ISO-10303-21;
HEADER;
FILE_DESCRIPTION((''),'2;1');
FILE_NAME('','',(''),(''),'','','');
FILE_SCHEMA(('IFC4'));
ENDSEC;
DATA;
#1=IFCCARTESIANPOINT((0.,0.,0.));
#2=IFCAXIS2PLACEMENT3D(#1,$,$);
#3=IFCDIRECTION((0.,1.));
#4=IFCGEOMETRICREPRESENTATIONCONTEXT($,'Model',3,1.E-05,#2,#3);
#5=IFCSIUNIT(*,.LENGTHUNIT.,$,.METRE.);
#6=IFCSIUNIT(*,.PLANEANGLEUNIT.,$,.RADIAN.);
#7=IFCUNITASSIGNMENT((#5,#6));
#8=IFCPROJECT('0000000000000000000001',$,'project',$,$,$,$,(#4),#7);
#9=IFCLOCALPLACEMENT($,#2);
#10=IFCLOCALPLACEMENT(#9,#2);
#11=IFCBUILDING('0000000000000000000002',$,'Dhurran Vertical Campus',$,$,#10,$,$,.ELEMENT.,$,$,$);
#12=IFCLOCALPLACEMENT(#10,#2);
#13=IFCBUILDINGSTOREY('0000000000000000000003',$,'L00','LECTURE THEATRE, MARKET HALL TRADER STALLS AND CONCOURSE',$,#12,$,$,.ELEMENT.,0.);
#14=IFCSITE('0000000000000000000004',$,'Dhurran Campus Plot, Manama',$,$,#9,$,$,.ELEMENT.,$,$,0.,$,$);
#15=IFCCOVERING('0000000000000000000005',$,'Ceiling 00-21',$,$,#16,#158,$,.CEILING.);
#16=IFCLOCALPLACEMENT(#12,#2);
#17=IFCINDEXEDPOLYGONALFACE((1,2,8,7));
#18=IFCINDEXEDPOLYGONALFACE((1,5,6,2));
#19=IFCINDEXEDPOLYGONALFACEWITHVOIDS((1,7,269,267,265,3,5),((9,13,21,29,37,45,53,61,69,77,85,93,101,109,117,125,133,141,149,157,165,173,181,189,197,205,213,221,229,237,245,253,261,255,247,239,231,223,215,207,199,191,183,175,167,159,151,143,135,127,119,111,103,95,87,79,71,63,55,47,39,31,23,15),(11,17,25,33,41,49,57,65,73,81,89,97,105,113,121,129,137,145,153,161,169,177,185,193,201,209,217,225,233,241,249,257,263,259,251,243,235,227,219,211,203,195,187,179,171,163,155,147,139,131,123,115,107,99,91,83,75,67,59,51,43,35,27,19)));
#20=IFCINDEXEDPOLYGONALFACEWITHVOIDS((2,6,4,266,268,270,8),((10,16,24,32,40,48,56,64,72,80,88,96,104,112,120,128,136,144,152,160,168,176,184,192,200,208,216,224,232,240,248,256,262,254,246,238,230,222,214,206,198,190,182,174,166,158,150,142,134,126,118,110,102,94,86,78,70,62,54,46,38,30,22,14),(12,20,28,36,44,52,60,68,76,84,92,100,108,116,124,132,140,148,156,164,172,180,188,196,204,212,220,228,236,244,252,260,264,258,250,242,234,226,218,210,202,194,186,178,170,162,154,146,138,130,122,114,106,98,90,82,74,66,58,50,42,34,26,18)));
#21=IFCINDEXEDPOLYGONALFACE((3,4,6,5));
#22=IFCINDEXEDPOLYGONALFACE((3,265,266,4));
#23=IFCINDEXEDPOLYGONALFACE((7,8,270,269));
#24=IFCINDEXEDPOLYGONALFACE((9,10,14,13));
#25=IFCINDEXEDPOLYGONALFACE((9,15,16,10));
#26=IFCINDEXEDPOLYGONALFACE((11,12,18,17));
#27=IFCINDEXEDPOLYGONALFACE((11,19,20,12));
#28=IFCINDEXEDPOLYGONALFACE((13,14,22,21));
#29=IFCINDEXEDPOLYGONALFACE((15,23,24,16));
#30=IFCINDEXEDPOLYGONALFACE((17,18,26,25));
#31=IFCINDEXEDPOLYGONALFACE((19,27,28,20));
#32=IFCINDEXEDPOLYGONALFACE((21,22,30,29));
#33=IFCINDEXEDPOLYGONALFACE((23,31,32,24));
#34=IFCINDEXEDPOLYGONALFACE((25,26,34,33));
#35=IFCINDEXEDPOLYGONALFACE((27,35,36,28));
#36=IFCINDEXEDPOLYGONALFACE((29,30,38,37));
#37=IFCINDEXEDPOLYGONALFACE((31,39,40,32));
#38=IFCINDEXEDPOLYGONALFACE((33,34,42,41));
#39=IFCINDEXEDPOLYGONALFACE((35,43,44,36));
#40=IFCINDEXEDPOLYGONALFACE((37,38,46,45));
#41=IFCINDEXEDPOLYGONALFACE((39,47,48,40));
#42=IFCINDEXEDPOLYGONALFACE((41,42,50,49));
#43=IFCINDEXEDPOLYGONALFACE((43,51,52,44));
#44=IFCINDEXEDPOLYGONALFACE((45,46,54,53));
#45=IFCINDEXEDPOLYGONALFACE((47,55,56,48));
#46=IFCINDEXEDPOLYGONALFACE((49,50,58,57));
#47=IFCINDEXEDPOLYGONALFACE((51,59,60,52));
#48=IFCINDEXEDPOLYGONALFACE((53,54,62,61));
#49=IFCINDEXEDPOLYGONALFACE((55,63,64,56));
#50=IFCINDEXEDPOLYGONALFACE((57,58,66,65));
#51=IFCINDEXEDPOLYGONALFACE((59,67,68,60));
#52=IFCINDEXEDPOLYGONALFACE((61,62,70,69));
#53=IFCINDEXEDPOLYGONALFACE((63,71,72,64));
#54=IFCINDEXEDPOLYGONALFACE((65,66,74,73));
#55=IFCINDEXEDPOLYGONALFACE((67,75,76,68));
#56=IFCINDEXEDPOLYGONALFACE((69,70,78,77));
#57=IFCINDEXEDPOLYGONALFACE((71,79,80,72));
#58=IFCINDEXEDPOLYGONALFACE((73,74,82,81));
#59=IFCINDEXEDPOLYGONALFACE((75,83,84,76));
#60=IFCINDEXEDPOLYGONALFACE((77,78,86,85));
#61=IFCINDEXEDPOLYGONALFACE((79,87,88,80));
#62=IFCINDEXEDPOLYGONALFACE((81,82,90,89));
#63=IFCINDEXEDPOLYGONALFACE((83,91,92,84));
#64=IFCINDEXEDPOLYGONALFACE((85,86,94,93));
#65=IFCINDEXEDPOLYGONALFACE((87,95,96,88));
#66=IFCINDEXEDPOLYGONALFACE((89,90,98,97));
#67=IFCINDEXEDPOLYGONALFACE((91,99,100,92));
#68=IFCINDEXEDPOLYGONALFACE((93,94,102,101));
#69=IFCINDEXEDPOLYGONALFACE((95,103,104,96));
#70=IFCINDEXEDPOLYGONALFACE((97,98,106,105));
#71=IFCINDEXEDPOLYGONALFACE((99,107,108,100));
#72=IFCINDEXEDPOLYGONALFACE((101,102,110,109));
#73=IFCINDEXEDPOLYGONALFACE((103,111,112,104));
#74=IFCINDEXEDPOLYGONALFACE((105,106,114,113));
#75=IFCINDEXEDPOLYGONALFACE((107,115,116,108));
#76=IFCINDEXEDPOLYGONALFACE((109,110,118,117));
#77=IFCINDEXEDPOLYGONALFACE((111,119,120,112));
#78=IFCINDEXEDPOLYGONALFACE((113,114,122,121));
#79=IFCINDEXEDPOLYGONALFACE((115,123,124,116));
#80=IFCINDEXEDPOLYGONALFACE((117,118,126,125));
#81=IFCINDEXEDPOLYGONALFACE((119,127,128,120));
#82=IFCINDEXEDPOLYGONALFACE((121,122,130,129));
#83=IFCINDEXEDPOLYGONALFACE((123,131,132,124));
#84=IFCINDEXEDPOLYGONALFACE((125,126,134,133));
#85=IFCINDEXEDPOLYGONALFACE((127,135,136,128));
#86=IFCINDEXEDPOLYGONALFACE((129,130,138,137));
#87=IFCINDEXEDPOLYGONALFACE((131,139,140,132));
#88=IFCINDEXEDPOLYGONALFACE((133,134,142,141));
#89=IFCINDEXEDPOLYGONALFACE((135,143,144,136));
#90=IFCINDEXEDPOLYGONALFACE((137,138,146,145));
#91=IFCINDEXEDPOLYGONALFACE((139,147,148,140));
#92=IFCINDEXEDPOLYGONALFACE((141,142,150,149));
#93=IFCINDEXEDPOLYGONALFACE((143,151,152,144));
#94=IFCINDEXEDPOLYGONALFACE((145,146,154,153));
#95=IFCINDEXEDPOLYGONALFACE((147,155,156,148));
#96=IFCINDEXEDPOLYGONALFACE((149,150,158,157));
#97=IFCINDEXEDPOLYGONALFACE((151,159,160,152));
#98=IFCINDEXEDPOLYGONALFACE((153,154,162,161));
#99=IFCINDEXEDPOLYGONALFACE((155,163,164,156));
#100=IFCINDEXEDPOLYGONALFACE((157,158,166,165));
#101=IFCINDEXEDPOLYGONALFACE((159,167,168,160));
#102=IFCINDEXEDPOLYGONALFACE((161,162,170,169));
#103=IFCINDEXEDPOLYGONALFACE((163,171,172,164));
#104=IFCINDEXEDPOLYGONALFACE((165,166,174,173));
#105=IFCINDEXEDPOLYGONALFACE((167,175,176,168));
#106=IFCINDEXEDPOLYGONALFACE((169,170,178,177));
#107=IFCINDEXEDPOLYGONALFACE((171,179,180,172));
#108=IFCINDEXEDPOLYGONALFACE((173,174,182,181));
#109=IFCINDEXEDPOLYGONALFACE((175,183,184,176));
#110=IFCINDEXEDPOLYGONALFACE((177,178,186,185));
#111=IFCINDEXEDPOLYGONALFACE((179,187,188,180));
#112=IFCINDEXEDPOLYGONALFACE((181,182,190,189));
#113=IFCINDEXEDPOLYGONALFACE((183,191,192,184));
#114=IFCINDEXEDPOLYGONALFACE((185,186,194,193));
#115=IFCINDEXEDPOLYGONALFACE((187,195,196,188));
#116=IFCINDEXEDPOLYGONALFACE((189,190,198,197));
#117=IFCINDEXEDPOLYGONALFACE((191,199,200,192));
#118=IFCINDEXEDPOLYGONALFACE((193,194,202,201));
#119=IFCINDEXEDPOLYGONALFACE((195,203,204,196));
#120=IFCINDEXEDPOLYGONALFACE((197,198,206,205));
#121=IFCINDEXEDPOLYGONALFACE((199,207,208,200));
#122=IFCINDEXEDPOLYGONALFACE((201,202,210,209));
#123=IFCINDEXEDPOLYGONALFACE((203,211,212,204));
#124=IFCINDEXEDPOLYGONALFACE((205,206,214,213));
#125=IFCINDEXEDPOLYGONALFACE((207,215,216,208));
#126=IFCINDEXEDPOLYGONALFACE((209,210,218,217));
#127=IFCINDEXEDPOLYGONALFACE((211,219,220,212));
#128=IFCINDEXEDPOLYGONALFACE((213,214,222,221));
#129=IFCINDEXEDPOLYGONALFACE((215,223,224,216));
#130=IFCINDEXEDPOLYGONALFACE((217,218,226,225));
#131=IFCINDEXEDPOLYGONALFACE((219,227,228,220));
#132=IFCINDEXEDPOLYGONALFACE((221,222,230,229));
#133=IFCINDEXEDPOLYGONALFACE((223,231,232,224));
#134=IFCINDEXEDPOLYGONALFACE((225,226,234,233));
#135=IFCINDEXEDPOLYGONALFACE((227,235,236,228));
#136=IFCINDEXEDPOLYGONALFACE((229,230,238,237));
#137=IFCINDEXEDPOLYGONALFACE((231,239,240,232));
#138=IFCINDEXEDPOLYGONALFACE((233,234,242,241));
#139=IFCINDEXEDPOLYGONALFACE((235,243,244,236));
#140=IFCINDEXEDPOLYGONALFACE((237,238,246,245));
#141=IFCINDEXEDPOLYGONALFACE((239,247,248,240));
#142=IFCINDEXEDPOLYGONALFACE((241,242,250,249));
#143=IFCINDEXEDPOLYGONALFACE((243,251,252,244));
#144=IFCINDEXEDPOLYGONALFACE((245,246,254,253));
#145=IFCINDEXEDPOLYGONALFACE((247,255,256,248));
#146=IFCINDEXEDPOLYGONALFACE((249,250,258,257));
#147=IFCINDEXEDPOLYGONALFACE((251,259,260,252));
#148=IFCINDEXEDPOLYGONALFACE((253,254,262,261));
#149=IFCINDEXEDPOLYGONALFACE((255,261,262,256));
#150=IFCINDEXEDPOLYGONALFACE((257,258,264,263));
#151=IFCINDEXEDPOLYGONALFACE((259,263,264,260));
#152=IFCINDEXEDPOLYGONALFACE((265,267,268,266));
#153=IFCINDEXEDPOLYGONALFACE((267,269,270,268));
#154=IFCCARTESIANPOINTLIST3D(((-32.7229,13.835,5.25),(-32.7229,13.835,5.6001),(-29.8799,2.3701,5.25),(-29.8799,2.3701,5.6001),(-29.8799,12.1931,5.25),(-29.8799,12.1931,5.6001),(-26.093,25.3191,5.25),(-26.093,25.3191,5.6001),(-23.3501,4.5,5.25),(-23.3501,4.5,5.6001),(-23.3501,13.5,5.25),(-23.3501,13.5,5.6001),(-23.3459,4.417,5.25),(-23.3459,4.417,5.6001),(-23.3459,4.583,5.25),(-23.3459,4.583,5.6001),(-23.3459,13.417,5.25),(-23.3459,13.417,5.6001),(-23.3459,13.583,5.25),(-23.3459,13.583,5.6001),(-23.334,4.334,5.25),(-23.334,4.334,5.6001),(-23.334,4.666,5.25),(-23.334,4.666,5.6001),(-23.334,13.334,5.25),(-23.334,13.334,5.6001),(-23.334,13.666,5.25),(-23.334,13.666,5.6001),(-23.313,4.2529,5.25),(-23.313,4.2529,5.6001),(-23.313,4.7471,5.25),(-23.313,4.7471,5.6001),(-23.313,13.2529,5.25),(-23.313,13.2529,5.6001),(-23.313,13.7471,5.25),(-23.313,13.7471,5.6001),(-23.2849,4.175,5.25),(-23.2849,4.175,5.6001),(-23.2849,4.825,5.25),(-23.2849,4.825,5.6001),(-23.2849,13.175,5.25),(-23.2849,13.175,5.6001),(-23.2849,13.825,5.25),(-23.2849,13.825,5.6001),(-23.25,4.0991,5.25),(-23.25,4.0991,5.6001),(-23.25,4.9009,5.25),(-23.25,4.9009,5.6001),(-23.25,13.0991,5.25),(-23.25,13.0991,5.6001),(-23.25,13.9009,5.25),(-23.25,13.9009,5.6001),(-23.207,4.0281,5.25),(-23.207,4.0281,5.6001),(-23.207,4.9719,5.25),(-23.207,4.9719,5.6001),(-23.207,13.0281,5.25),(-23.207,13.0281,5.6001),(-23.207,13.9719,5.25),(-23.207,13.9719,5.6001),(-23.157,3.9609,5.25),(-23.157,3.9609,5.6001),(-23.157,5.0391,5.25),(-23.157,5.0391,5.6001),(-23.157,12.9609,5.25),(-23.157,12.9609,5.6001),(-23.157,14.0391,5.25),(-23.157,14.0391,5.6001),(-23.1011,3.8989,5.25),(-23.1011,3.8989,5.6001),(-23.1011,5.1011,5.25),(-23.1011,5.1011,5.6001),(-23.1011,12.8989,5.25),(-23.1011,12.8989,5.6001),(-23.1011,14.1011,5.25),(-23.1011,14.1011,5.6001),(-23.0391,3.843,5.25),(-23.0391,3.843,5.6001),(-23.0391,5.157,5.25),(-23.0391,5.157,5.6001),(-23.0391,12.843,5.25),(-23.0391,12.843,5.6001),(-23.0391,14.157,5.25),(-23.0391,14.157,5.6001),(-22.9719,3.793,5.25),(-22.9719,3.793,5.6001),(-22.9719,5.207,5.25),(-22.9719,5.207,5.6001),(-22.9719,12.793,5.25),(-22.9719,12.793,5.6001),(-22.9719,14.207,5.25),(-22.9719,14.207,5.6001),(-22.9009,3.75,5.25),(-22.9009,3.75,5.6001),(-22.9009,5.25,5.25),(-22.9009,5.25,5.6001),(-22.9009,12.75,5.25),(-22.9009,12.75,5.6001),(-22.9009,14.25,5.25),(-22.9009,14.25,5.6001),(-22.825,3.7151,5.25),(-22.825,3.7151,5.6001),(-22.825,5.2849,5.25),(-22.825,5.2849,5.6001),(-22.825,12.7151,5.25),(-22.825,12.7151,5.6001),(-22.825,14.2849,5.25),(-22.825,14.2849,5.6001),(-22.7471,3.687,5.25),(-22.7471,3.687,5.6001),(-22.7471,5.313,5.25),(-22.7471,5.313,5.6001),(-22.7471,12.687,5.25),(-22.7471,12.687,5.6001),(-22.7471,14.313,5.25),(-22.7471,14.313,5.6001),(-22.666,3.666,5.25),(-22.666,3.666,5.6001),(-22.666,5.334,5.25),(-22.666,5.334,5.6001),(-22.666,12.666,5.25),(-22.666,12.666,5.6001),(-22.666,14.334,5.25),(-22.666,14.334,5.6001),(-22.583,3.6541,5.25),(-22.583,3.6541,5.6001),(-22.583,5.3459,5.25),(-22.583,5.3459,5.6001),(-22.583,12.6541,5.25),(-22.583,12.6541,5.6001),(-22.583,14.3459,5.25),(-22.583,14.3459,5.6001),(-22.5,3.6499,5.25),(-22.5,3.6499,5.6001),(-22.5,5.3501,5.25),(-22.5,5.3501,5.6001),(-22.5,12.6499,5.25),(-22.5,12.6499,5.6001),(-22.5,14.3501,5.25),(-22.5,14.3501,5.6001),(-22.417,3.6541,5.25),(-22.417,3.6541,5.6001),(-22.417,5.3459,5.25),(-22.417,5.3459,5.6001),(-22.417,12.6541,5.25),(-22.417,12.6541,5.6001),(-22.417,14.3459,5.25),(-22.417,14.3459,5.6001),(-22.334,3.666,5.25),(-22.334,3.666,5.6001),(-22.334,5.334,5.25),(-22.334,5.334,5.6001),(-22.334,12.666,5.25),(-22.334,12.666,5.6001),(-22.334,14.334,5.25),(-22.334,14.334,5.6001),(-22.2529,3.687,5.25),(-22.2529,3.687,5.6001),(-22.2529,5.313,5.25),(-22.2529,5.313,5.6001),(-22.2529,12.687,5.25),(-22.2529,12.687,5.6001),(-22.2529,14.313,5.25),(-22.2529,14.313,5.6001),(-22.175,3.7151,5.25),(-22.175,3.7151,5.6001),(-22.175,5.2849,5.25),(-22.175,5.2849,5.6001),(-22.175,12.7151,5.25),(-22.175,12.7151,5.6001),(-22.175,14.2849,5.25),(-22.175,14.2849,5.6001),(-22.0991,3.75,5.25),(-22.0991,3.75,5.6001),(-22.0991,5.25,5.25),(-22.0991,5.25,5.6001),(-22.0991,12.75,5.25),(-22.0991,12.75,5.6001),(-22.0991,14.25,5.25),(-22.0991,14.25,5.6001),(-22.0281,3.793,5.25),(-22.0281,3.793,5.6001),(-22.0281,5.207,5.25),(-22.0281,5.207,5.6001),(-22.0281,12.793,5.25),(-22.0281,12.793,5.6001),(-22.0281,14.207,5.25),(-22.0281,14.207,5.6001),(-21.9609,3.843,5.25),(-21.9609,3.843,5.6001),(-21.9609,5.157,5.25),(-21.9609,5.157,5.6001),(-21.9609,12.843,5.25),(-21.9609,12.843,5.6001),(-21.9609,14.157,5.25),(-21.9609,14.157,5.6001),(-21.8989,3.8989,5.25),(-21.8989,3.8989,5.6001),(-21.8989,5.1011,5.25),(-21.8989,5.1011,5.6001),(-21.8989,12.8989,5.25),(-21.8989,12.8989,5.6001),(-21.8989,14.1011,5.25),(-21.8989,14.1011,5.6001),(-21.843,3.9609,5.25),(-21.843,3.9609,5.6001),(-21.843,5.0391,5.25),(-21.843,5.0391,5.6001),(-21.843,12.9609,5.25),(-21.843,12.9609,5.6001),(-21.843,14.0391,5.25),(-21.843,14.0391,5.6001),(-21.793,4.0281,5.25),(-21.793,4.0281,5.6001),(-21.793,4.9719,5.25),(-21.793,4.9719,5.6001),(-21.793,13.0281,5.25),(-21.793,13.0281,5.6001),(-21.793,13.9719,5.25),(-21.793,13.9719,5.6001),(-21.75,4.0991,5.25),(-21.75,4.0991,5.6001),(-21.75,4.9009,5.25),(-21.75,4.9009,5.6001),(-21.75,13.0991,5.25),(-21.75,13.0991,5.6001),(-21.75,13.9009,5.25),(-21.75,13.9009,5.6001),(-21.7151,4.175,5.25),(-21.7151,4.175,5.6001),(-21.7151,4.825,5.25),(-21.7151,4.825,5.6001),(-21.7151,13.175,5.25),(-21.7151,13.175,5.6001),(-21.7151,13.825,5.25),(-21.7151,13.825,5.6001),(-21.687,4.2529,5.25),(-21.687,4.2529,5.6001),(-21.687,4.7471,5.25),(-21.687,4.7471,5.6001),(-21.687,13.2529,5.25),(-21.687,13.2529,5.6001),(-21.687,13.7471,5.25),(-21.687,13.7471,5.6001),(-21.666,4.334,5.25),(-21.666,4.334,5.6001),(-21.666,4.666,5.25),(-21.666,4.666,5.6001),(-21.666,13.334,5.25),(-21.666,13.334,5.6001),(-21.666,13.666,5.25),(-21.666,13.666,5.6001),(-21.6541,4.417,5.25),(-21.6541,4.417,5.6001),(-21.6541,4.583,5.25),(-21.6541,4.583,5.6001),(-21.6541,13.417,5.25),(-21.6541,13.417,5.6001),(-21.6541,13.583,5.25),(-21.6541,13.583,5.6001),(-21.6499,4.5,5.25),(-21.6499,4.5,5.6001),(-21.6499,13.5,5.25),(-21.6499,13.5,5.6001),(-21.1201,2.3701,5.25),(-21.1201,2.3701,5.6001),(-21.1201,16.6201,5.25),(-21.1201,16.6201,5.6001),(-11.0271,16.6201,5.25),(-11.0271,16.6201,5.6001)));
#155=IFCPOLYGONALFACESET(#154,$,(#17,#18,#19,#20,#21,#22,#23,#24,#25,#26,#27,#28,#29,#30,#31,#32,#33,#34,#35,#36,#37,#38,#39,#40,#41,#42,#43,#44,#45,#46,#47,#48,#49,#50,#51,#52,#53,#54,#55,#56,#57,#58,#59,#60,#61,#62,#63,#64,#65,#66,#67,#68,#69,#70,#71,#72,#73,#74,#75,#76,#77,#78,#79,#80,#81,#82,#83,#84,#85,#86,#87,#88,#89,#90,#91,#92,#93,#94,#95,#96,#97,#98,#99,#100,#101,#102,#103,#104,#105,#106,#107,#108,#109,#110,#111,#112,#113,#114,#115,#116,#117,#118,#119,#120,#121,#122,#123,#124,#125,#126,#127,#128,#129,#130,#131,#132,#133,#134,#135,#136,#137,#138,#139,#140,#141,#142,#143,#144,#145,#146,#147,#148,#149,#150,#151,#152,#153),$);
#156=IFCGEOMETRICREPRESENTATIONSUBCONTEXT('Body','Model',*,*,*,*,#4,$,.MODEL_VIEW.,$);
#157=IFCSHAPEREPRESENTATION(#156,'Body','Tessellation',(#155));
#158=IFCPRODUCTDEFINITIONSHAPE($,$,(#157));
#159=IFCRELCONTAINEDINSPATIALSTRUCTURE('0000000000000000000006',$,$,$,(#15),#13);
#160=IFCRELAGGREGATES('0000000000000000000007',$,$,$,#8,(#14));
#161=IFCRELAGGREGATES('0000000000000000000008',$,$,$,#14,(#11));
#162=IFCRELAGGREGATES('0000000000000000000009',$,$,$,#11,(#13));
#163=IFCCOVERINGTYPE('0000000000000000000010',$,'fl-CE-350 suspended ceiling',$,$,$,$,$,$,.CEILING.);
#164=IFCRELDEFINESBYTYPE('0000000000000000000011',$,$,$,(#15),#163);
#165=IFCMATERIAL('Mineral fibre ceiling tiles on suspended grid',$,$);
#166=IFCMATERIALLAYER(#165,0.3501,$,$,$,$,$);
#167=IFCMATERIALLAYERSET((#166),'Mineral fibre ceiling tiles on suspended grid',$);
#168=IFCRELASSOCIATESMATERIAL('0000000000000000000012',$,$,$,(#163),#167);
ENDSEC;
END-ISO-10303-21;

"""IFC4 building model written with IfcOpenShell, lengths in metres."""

from ifc_helpers import new_model, si_unit, direction, frame, origin, place, context, subcontext, project, spatial, polyline, outline, extrude, material, layer, layer_set, type_object, element, save


model = new_model("IFC4")

# Units and contexts
model_context = context("Model", 3, precision=1e-05, world=origin(), true_north=direction((0.0, 1.0)))
body_context = subcontext(model_context, "Body", "Model", "MODEL_VIEW")
ifc_project = project(units=[si_unit("LENGTHUNIT", "METRE"), si_unit("PLANEANGLEUNIT", "RADIAN")], contexts=[model_context])

# Site, building, storey
site_placement = place(None, origin())
site = spatial("IfcSite", under=ifc_project, at=site_placement, Name="Dhurran Campus Plot, Manama", CompositionType="ELEMENT", RefElevation=0.0)
building_placement = place(site_placement, origin())
building = spatial("IfcBuilding", under=site, at=building_placement, Name="Dhurran Vertical Campus", CompositionType="ELEMENT")
storey_placement = place(building_placement, origin())
storey = spatial("IfcBuildingStorey", under=building, at=storey_placement, Name="L00", Description="LECTURE THEATRE, MARKET HALL TRADER STALLS AND CONCOURSE", CompositionType="ELEMENT", Elevation=0.0)

# Covering
ifc_material_1 = material(Name="Mineral fibre ceiling tiles on suspended grid")
ifc_layer_1 = layer(ifc_material_1, 0.3501)
ifc_layer_set_1 = layer_set([ifc_layer_1], Name="Mineral fibre ceiling tiles on suspended grid")
covering_type = type_object("IfcCoveringType", Name="fl-CE-350 suspended ceiling", PredefinedType="CEILING", material=ifc_layer_set_1)
covering_1_placement = place(storey_placement, frame((0.0, 0.0, 5.25)))
element("IfcCovering", 1, at=covering_1_placement, inside=storey, type_object=covering_type, Name="Ceiling 00-21", PredefinedType="CEILING", context=body_context, shape_type="SweptSolid", body=[
    extrude(outline(polyline([(-29.8799, 12.1931), (-32.7229, 13.835), (-26.093, 25.3191), (-11.0271, 16.6201), (-21.1201, 16.6201), (-21.1201, 2.3701), (-29.8799, 2.3701), (-29.8799, 12.1931)]), holes=[polyline([(-22.334, 5.334), (-22.417, 5.3459), (-22.5, 5.3501), (-22.583, 5.3459), (-22.666, 5.334), (-22.7471, 5.313), (-22.825, 5.2849), (-22.9009, 5.25), (-22.9719, 5.207), (-23.0391, 5.157), (-23.1011, 5.1011), (-23.157, 5.0391), (-23.207, 4.9719), (-23.25, 4.9009), (-23.2849, 4.825), (-23.313, 4.7471), (-23.334, 4.666), (-23.3459, 4.583), (-23.3501, 4.5), (-23.3459, 4.417), (-23.334, 4.334), (-23.313, 4.2529), (-23.2849, 4.175), (-23.25, 4.0991), (-23.207, 4.0281), (-23.157, 3.9609), (-23.1011, 3.8989), (-23.0391, 3.843), (-22.9719, 3.793), (-22.9009, 3.75), (-22.825, 3.7151), (-22.7471, 3.687), (-22.666, 3.666), (-22.583, 3.6541), (-22.5, 3.6499), (-22.417, 3.6541), (-22.334, 3.666), (-22.2529, 3.687), (-22.175, 3.7151), (-22.0991, 3.75), (-22.0281, 3.793), (-21.9609, 3.843), (-21.8989, 3.8989), (-21.843, 3.9609), (-21.793, 4.0281), (-21.75, 4.0991), (-21.7151, 4.175), (-21.687, 4.2529), (-21.666, 4.334), (-21.6541, 4.417), (-21.6499, 4.5), (-21.6541, 4.583), (-21.666, 4.666), (-21.687, 4.7471), (-21.7151, 4.825), (-21.75, 4.9009), (-21.793, 4.9719), (-21.843, 5.0391), (-21.8989, 5.1011), (-21.9609, 5.157), (-22.0281, 5.207), (-22.0991, 5.25), (-22.175, 5.2849), (-22.2529, 5.313), (-22.334, 5.334)]), polyline([(-22.2529, 14.313), (-22.334, 14.334), (-22.417, 14.3459), (-22.5, 14.3501), (-22.583, 14.3459), (-22.666, 14.334), (-22.7471, 14.313), (-22.825, 14.2849), (-22.9009, 14.25), (-22.9719, 14.207), (-23.0391, 14.157), (-23.1011, 14.1011), (-23.157, 14.0391), (-23.207, 13.9719), (-23.25, 13.9009), (-23.2849, 13.825), (-23.313, 13.7471), (-23.334, 13.666), (-23.3459, 13.583), (-23.3501, 13.5), (-23.3459, 13.417), (-23.334, 13.334), (-23.313, 13.2529), (-23.2849, 13.175), (-23.25, 13.0991), (-23.207, 13.0281), (-23.157, 12.9609), (-23.1011, 12.8989), (-23.0391, 12.843), (-22.9719, 12.793), (-22.9009, 12.75), (-22.825, 12.7151), (-22.7471, 12.687), (-22.666, 12.666), (-22.583, 12.6541), (-22.5, 12.6499), (-22.417, 12.6541), (-22.334, 12.666), (-22.2529, 12.687), (-22.175, 12.7151), (-22.0991, 12.75), (-22.0281, 12.793), (-21.9609, 12.843), (-21.8989, 12.8989), (-21.843, 12.9609), (-21.793, 13.0281), (-21.75, 13.0991), (-21.7151, 13.175), (-21.687, 13.2529), (-21.666, 13.334), (-21.6541, 13.417), (-21.6499, 13.5), (-21.6541, 13.583), (-21.666, 13.666), (-21.687, 13.7471), (-21.7151, 13.825), (-21.75, 13.9009), (-21.793, 13.9719), (-21.843, 14.0391), (-21.8989, 14.1011), (-21.9609, 14.157), (-22.0281, 14.207), (-22.0991, 14.25), (-22.175, 14.2849), (-22.2529, 14.313)])]), origin(), (0.0, 0.0, 1.0), 0.3501),
])

save(model, "model.ifc")
